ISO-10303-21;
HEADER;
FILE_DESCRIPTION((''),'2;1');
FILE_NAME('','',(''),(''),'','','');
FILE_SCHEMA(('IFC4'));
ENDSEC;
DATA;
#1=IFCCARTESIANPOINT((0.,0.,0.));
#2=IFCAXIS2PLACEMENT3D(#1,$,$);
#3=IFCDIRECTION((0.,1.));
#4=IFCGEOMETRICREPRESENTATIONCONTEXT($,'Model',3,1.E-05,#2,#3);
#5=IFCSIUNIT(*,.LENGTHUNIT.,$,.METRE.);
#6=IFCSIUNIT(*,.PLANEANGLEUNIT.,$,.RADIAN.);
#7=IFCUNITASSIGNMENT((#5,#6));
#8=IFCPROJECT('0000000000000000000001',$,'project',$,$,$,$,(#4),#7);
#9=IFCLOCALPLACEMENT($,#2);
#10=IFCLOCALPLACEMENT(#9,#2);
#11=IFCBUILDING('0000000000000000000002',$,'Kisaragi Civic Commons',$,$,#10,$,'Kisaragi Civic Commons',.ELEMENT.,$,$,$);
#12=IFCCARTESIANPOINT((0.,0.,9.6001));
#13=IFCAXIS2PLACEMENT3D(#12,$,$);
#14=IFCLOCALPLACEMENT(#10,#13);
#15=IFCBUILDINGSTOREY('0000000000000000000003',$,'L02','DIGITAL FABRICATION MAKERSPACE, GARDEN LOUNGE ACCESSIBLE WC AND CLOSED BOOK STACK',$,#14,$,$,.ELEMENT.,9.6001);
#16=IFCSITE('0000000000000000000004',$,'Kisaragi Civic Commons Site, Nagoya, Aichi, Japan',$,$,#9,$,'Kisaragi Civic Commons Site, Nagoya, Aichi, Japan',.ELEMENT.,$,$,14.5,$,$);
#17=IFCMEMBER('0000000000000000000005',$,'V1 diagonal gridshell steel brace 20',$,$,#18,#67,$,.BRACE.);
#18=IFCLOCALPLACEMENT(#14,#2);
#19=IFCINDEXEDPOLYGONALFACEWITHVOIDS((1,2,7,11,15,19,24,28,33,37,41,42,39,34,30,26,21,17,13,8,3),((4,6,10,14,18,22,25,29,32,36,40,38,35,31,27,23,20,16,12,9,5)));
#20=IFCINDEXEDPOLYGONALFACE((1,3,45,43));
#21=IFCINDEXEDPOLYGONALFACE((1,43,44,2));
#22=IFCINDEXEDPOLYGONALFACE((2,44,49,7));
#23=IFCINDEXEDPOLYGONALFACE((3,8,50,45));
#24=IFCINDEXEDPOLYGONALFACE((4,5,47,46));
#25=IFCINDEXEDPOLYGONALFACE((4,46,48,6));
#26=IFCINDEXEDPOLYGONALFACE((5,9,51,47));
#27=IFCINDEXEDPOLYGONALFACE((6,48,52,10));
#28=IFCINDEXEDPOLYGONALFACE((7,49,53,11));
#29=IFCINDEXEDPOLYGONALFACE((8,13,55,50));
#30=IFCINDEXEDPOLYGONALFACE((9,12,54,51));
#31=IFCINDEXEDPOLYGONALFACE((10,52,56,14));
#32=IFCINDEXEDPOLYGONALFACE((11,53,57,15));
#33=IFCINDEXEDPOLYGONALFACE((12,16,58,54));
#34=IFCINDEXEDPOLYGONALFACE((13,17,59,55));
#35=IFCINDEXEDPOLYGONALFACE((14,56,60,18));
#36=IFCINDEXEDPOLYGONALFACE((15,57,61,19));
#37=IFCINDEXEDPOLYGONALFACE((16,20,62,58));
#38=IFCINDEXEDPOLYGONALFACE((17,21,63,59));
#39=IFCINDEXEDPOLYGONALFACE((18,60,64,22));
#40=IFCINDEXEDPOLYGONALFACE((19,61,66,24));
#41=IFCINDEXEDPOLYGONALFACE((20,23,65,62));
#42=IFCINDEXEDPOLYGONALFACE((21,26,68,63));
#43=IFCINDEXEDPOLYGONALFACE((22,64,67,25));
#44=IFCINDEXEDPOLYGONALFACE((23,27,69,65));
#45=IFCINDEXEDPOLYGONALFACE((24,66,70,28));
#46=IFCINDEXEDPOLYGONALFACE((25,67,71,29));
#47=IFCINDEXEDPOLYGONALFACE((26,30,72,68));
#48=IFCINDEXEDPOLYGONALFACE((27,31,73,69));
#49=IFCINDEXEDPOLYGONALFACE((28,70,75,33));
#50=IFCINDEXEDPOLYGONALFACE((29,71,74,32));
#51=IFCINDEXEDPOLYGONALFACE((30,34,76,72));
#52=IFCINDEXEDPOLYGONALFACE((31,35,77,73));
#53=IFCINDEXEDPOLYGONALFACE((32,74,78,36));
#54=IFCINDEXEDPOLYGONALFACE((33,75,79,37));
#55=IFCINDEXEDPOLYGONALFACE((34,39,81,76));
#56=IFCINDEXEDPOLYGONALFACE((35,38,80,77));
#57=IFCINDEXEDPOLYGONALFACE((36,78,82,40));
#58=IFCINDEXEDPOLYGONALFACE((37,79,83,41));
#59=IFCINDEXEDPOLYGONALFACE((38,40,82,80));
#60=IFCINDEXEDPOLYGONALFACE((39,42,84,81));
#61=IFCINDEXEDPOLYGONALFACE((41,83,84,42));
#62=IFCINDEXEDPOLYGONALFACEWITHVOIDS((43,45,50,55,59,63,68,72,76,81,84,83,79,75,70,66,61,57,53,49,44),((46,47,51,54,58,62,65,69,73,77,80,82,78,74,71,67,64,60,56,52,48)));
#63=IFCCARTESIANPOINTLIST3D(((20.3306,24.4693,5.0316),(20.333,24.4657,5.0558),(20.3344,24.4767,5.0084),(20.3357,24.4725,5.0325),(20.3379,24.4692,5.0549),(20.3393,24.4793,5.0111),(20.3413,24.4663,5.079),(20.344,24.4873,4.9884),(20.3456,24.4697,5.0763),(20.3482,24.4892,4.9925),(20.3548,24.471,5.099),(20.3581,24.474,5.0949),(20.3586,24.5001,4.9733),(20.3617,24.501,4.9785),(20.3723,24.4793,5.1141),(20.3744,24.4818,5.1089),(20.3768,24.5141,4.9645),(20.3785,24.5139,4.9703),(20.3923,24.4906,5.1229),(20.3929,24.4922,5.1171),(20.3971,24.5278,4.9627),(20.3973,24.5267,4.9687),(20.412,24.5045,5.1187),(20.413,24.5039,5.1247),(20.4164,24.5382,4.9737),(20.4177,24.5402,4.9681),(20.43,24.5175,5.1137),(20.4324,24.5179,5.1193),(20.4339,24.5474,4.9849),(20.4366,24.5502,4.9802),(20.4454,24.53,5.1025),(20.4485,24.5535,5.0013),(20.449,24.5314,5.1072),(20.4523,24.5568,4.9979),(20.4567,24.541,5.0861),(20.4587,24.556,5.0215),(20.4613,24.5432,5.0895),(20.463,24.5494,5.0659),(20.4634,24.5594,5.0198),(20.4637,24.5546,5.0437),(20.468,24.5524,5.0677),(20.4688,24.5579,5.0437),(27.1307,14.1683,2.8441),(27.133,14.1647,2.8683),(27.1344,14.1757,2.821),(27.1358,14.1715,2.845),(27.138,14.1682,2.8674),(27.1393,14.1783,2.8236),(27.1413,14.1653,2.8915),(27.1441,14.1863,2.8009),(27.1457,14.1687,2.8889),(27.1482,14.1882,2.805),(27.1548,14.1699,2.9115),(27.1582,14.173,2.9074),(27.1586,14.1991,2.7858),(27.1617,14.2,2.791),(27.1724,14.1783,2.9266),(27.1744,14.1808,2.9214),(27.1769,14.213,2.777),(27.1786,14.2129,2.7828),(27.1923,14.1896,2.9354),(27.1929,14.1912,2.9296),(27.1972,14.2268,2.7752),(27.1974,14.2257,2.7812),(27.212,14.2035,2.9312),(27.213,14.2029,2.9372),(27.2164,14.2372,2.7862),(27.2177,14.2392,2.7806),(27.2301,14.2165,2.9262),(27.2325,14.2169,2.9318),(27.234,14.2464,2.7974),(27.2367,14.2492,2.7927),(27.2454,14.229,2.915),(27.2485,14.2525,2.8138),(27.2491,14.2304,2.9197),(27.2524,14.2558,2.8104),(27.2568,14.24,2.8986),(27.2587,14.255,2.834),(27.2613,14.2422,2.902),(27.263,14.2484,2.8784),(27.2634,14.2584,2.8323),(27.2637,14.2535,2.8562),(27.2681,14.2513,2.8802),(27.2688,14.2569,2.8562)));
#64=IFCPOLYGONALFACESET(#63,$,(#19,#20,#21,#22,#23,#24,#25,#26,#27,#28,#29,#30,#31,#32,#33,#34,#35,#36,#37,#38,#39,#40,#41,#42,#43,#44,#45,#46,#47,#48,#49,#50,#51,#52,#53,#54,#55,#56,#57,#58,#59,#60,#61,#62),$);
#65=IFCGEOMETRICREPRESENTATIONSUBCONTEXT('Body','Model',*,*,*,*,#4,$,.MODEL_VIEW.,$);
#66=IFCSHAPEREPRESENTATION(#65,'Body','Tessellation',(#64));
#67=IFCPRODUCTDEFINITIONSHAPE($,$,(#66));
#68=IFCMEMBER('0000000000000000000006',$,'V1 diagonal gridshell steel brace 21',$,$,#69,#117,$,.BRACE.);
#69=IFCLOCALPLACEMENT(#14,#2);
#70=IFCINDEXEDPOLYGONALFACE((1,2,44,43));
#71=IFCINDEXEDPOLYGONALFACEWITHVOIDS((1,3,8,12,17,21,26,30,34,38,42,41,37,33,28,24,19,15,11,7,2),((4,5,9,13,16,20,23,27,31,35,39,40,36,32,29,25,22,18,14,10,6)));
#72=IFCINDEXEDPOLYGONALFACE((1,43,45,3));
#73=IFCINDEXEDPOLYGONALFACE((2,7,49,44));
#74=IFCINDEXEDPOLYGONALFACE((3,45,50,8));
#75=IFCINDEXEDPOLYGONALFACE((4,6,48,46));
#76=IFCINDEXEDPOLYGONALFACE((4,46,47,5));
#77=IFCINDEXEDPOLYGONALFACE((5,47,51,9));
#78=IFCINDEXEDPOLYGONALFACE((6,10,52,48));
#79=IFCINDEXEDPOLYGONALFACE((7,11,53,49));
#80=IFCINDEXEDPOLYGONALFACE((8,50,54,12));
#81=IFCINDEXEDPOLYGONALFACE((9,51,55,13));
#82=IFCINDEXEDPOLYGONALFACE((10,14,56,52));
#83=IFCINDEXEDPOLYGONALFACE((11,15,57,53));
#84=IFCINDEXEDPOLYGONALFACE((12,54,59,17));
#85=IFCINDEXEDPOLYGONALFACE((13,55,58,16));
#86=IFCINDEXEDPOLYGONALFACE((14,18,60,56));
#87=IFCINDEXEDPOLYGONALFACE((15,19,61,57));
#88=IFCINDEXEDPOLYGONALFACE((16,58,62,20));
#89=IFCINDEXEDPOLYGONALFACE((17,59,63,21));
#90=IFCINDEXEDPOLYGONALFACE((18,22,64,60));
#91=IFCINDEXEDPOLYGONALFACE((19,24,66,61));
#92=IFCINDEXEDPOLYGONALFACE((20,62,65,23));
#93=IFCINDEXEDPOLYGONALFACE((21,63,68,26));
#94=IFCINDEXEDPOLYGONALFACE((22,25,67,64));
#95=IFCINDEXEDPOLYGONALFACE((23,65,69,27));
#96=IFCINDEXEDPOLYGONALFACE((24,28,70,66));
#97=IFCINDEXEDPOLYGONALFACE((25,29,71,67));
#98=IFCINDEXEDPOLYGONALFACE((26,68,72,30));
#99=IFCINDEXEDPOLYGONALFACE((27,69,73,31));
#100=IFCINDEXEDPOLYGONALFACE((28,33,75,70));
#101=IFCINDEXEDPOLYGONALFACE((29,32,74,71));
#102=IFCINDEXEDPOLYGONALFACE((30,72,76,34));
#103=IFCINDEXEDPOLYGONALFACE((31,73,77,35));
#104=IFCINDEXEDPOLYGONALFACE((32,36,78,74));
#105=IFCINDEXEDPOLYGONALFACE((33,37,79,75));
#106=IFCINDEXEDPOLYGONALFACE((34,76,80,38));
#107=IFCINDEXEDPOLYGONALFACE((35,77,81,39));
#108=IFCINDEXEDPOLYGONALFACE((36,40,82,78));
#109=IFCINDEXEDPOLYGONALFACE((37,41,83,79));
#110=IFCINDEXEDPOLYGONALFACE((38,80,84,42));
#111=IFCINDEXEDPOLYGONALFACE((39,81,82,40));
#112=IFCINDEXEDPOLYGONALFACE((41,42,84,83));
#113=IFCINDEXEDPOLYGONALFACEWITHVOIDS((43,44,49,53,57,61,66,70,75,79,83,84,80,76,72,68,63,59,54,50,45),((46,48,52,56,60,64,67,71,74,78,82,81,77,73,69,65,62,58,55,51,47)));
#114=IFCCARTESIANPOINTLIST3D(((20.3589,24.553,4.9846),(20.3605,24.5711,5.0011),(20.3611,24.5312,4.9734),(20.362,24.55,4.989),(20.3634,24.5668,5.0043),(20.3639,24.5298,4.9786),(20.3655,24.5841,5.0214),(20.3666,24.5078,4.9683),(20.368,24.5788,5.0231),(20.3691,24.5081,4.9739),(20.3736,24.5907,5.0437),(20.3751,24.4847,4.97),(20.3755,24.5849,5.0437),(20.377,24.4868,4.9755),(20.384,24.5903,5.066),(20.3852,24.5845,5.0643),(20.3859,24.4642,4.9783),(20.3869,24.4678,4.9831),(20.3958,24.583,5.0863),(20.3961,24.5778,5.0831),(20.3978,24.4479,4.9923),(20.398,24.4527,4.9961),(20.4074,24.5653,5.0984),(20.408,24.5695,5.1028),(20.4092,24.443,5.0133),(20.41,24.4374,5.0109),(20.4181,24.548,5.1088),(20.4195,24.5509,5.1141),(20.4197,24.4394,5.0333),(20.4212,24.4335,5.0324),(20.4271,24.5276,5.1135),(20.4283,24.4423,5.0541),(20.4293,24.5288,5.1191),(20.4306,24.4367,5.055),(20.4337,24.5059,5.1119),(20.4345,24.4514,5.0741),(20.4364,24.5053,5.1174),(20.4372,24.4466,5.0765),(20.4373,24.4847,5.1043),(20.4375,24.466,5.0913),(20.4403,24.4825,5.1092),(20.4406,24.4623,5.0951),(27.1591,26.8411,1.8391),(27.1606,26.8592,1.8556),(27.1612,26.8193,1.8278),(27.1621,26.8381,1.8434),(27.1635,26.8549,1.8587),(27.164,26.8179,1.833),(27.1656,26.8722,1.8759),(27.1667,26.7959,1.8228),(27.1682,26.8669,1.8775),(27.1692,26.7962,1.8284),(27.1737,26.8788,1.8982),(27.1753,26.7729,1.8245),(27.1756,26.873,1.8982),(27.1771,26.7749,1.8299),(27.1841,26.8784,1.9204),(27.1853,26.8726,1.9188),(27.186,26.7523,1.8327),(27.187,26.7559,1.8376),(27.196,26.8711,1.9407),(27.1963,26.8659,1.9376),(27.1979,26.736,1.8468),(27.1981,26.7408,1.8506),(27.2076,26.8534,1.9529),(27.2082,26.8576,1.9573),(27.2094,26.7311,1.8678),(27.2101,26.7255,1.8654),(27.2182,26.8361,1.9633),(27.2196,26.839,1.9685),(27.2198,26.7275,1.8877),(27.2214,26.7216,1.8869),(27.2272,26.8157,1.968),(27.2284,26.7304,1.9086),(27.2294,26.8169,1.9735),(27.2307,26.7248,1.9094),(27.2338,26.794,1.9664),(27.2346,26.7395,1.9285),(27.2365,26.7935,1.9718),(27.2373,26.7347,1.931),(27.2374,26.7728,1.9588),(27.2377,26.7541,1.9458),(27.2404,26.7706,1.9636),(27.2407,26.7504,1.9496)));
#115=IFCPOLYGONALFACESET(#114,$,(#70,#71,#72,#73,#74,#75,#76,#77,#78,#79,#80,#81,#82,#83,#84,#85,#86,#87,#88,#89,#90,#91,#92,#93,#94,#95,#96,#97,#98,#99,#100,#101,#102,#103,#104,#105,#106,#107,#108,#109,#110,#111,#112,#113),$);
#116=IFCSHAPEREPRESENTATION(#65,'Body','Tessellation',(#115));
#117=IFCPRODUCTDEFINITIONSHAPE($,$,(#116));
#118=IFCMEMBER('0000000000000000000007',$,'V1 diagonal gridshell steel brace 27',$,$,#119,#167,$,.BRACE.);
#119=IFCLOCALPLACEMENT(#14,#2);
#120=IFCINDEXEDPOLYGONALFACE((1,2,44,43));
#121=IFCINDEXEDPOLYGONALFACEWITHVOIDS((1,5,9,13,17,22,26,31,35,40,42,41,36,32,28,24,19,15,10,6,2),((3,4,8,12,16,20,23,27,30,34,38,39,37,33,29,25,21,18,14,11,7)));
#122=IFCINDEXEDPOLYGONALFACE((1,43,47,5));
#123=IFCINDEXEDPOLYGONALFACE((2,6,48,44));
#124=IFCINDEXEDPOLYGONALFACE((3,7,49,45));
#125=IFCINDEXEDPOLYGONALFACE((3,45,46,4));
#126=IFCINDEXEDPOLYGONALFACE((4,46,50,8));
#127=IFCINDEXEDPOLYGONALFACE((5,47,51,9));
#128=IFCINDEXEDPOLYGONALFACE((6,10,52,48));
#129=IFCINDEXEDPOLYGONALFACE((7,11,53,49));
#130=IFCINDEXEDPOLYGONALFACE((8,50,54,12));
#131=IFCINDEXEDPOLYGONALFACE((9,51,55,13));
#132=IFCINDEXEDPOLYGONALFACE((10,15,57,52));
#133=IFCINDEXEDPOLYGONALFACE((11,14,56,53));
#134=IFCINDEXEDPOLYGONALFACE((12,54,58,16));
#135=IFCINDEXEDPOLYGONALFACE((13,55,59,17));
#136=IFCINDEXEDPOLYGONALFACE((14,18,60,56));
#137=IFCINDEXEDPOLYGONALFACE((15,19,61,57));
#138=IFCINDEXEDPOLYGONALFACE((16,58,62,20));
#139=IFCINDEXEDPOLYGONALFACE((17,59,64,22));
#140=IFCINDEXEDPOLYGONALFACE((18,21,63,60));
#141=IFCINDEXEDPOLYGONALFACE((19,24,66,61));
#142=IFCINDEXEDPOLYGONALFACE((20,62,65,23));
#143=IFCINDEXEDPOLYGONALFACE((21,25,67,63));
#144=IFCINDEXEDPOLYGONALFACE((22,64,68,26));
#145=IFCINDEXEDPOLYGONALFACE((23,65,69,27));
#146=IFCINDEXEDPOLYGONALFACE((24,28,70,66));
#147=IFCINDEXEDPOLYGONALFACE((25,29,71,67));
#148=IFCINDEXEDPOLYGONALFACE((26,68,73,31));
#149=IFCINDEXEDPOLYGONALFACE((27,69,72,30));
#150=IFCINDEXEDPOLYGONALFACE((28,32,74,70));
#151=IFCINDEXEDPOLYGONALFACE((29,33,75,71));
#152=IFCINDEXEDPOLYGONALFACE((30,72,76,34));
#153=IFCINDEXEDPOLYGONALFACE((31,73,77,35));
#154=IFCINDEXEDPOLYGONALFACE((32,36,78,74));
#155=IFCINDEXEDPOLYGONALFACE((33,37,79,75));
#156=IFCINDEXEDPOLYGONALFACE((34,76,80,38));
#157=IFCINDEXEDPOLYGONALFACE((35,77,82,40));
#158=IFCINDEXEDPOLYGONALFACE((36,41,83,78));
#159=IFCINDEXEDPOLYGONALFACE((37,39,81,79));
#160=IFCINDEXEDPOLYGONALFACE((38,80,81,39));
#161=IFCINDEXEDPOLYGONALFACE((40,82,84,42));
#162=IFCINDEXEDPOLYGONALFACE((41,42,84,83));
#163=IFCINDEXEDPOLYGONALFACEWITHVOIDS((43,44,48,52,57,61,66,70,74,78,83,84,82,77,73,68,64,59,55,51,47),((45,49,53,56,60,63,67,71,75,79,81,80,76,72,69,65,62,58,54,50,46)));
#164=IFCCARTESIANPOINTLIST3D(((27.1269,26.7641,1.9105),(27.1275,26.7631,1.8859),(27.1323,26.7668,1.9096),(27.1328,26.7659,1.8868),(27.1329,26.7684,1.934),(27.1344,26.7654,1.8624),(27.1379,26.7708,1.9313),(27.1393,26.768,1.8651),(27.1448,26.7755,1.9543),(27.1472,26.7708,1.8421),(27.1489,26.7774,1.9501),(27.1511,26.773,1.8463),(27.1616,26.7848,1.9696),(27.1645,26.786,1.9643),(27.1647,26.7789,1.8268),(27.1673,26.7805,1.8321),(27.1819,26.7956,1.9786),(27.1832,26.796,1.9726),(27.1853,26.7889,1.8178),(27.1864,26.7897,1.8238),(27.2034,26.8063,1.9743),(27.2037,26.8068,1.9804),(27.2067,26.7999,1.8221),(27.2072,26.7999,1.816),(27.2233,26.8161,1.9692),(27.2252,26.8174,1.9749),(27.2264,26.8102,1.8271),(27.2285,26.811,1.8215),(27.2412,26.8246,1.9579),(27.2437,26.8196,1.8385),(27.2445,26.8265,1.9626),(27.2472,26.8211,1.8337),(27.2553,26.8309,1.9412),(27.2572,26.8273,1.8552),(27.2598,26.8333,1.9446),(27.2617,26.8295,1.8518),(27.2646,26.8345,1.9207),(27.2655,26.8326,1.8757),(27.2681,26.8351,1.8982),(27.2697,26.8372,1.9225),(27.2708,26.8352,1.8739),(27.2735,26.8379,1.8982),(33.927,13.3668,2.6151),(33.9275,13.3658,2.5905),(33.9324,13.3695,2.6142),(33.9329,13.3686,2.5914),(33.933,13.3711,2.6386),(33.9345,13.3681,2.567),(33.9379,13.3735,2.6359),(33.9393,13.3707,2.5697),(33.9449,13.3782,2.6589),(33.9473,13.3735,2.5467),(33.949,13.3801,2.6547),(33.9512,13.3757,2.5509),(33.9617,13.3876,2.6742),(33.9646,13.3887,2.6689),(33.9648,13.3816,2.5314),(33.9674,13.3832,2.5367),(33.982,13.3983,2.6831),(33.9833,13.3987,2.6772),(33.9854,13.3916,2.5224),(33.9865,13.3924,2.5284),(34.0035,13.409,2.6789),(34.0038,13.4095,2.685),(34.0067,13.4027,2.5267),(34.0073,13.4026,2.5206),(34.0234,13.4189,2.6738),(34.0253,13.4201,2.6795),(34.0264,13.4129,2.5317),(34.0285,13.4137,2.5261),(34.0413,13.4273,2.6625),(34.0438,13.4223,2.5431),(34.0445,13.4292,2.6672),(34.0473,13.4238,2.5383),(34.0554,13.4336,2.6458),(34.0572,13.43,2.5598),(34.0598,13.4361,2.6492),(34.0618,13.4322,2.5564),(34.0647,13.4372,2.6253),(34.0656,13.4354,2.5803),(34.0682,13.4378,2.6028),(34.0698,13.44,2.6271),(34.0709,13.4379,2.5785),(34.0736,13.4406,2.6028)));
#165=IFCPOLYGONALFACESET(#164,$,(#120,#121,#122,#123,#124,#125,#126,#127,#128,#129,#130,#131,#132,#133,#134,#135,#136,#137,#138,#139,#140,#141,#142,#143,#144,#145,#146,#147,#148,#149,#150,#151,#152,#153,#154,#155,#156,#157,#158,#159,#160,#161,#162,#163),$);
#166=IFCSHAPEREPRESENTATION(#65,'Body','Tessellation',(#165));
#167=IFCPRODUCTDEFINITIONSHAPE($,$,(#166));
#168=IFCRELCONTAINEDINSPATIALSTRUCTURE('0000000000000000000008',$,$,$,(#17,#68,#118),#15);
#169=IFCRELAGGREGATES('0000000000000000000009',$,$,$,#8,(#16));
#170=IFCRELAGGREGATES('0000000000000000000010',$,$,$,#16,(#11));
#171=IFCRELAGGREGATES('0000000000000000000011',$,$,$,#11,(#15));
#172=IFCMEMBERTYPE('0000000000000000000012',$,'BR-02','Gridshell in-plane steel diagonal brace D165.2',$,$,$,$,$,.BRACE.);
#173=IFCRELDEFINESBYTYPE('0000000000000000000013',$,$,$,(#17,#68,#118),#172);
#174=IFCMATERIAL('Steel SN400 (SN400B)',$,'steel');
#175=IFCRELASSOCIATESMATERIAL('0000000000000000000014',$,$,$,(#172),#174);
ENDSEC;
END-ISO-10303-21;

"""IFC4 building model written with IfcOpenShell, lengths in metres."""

from ifc_helpers import new_model, si_unit, direction, frame, origin, origin_2d, place, context, subcontext, project, spatial, hollow_circle, extrude, material, material_profile, profile_set, type_object, element, save


model = new_model("IFC4")

# Units and contexts
model_context = context("Model", 3, precision=1e-05, world=origin(), true_north=direction((0.0, 1.0)))
body_context = subcontext(model_context, "Body", "Model", "MODEL_VIEW")
ifc_project = project(units=[si_unit("LENGTHUNIT", "METRE"), si_unit("PLANEANGLEUNIT", "RADIAN")], contexts=[model_context])

# Site, building, storey
site_placement = place(None, origin())
site = spatial("IfcSite", under=ifc_project, at=site_placement, Name="Kisaragi Civic Commons Site, Nagoya, Aichi, Japan", LongName="Kisaragi Civic Commons Site, Nagoya, Aichi, Japan", CompositionType="ELEMENT", RefElevation=14.5)
building_placement = place(site_placement, origin())
building = spatial("IfcBuilding", under=site, at=building_placement, Name="Kisaragi Civic Commons", LongName="Kisaragi Civic Commons", CompositionType="ELEMENT")
storey_placement = place(building_placement, frame((0.0, 0.0, 9.6001)))
storey = spatial("IfcBuildingStorey", under=building, at=storey_placement, Name="L02", Description="DIGITAL FABRICATION MAKERSPACE, GARDEN LOUNGE ACCESSIBLE WC AND CLOSED BOOK STACK", CompositionType="ELEMENT", Elevation=9.6001)

# Members
ifc_material_1 = material(Name="Steel SN400 (SN400B)", Category="steel")
ifc_material_profile_1 = material_profile(ifc_material_1, hollow_circle(Radius=0.0825, WallThickness=0.0061, at=origin_2d()), Name="CHS-165.2x6.0", Category="steel")
ifc_profile_set_1 = profile_set([ifc_material_profile_1], Name="Steel SN400 (SN400B)")
member_type_1 = type_object("IfcMemberType", Name="BR-02", Description="Gridshell in-plane steel diagonal brace D165.2", PredefinedType="BRACE", material=ifc_profile_set_1)
member_1_placement = place(storey_placement, frame((20.3999, 24.5125, 5.0437), z_axis=(0.542466, -0.821753, -0.174505), x_axis=(0.834558, 0.55092, 0.0)))
element("IfcMember", 1, at=member_1_placement, inside=storey, type_object=member_type_1, Name="V1 diagonal gridshell steel brace 20", PredefinedType="BRACE", context=body_context, shape_type="SweptSolid", body=[
    extrude(hollow_circle(Radius=0.0825, WallThickness=0.0061, at=origin_2d()), origin(), (0.0, 0.0, 1.0), 12.5354),
])
member_2_placement = place(storey_placement, frame((20.3999, 24.5125, 5.0437), z_axis=(0.868027, 0.292074, -0.401524), x_axis=(-0.318911, 0.947785, 0.0)))
element("IfcMember", 2, at=member_2_placement, inside=storey, type_object=member_type_1, Name="V1 diagonal gridshell steel brace 21", PredefinedType="BRACE", context=body_context, shape_type="SweptSolid", body=[
    extrude(hollow_circle(Radius=0.0825, WallThickness=0.0061, at=origin_2d()), origin(), (0.0, 0.0, 1.0), 7.834),
])
member_3_placement = place(storey_placement, frame((27.2, 26.8005, 1.8982), z_axis=(0.45211, -0.890731, 0.046846), x_axis=(0.89171, 0.452607, 0.0)))
element("IfcMember", 3, at=member_3_placement, inside=storey, type_object=member_type_1, Name="V1 diagonal gridshell steel brace 27", PredefinedType="BRACE", context=body_context, shape_type="SweptSolid", body=[
    extrude(hollow_circle(Radius=0.0825, WallThickness=0.0061, at=origin_2d()), origin(), (0.0, 0.0, 1.0), 15.0408),
])

save(model, "model.ifc")
